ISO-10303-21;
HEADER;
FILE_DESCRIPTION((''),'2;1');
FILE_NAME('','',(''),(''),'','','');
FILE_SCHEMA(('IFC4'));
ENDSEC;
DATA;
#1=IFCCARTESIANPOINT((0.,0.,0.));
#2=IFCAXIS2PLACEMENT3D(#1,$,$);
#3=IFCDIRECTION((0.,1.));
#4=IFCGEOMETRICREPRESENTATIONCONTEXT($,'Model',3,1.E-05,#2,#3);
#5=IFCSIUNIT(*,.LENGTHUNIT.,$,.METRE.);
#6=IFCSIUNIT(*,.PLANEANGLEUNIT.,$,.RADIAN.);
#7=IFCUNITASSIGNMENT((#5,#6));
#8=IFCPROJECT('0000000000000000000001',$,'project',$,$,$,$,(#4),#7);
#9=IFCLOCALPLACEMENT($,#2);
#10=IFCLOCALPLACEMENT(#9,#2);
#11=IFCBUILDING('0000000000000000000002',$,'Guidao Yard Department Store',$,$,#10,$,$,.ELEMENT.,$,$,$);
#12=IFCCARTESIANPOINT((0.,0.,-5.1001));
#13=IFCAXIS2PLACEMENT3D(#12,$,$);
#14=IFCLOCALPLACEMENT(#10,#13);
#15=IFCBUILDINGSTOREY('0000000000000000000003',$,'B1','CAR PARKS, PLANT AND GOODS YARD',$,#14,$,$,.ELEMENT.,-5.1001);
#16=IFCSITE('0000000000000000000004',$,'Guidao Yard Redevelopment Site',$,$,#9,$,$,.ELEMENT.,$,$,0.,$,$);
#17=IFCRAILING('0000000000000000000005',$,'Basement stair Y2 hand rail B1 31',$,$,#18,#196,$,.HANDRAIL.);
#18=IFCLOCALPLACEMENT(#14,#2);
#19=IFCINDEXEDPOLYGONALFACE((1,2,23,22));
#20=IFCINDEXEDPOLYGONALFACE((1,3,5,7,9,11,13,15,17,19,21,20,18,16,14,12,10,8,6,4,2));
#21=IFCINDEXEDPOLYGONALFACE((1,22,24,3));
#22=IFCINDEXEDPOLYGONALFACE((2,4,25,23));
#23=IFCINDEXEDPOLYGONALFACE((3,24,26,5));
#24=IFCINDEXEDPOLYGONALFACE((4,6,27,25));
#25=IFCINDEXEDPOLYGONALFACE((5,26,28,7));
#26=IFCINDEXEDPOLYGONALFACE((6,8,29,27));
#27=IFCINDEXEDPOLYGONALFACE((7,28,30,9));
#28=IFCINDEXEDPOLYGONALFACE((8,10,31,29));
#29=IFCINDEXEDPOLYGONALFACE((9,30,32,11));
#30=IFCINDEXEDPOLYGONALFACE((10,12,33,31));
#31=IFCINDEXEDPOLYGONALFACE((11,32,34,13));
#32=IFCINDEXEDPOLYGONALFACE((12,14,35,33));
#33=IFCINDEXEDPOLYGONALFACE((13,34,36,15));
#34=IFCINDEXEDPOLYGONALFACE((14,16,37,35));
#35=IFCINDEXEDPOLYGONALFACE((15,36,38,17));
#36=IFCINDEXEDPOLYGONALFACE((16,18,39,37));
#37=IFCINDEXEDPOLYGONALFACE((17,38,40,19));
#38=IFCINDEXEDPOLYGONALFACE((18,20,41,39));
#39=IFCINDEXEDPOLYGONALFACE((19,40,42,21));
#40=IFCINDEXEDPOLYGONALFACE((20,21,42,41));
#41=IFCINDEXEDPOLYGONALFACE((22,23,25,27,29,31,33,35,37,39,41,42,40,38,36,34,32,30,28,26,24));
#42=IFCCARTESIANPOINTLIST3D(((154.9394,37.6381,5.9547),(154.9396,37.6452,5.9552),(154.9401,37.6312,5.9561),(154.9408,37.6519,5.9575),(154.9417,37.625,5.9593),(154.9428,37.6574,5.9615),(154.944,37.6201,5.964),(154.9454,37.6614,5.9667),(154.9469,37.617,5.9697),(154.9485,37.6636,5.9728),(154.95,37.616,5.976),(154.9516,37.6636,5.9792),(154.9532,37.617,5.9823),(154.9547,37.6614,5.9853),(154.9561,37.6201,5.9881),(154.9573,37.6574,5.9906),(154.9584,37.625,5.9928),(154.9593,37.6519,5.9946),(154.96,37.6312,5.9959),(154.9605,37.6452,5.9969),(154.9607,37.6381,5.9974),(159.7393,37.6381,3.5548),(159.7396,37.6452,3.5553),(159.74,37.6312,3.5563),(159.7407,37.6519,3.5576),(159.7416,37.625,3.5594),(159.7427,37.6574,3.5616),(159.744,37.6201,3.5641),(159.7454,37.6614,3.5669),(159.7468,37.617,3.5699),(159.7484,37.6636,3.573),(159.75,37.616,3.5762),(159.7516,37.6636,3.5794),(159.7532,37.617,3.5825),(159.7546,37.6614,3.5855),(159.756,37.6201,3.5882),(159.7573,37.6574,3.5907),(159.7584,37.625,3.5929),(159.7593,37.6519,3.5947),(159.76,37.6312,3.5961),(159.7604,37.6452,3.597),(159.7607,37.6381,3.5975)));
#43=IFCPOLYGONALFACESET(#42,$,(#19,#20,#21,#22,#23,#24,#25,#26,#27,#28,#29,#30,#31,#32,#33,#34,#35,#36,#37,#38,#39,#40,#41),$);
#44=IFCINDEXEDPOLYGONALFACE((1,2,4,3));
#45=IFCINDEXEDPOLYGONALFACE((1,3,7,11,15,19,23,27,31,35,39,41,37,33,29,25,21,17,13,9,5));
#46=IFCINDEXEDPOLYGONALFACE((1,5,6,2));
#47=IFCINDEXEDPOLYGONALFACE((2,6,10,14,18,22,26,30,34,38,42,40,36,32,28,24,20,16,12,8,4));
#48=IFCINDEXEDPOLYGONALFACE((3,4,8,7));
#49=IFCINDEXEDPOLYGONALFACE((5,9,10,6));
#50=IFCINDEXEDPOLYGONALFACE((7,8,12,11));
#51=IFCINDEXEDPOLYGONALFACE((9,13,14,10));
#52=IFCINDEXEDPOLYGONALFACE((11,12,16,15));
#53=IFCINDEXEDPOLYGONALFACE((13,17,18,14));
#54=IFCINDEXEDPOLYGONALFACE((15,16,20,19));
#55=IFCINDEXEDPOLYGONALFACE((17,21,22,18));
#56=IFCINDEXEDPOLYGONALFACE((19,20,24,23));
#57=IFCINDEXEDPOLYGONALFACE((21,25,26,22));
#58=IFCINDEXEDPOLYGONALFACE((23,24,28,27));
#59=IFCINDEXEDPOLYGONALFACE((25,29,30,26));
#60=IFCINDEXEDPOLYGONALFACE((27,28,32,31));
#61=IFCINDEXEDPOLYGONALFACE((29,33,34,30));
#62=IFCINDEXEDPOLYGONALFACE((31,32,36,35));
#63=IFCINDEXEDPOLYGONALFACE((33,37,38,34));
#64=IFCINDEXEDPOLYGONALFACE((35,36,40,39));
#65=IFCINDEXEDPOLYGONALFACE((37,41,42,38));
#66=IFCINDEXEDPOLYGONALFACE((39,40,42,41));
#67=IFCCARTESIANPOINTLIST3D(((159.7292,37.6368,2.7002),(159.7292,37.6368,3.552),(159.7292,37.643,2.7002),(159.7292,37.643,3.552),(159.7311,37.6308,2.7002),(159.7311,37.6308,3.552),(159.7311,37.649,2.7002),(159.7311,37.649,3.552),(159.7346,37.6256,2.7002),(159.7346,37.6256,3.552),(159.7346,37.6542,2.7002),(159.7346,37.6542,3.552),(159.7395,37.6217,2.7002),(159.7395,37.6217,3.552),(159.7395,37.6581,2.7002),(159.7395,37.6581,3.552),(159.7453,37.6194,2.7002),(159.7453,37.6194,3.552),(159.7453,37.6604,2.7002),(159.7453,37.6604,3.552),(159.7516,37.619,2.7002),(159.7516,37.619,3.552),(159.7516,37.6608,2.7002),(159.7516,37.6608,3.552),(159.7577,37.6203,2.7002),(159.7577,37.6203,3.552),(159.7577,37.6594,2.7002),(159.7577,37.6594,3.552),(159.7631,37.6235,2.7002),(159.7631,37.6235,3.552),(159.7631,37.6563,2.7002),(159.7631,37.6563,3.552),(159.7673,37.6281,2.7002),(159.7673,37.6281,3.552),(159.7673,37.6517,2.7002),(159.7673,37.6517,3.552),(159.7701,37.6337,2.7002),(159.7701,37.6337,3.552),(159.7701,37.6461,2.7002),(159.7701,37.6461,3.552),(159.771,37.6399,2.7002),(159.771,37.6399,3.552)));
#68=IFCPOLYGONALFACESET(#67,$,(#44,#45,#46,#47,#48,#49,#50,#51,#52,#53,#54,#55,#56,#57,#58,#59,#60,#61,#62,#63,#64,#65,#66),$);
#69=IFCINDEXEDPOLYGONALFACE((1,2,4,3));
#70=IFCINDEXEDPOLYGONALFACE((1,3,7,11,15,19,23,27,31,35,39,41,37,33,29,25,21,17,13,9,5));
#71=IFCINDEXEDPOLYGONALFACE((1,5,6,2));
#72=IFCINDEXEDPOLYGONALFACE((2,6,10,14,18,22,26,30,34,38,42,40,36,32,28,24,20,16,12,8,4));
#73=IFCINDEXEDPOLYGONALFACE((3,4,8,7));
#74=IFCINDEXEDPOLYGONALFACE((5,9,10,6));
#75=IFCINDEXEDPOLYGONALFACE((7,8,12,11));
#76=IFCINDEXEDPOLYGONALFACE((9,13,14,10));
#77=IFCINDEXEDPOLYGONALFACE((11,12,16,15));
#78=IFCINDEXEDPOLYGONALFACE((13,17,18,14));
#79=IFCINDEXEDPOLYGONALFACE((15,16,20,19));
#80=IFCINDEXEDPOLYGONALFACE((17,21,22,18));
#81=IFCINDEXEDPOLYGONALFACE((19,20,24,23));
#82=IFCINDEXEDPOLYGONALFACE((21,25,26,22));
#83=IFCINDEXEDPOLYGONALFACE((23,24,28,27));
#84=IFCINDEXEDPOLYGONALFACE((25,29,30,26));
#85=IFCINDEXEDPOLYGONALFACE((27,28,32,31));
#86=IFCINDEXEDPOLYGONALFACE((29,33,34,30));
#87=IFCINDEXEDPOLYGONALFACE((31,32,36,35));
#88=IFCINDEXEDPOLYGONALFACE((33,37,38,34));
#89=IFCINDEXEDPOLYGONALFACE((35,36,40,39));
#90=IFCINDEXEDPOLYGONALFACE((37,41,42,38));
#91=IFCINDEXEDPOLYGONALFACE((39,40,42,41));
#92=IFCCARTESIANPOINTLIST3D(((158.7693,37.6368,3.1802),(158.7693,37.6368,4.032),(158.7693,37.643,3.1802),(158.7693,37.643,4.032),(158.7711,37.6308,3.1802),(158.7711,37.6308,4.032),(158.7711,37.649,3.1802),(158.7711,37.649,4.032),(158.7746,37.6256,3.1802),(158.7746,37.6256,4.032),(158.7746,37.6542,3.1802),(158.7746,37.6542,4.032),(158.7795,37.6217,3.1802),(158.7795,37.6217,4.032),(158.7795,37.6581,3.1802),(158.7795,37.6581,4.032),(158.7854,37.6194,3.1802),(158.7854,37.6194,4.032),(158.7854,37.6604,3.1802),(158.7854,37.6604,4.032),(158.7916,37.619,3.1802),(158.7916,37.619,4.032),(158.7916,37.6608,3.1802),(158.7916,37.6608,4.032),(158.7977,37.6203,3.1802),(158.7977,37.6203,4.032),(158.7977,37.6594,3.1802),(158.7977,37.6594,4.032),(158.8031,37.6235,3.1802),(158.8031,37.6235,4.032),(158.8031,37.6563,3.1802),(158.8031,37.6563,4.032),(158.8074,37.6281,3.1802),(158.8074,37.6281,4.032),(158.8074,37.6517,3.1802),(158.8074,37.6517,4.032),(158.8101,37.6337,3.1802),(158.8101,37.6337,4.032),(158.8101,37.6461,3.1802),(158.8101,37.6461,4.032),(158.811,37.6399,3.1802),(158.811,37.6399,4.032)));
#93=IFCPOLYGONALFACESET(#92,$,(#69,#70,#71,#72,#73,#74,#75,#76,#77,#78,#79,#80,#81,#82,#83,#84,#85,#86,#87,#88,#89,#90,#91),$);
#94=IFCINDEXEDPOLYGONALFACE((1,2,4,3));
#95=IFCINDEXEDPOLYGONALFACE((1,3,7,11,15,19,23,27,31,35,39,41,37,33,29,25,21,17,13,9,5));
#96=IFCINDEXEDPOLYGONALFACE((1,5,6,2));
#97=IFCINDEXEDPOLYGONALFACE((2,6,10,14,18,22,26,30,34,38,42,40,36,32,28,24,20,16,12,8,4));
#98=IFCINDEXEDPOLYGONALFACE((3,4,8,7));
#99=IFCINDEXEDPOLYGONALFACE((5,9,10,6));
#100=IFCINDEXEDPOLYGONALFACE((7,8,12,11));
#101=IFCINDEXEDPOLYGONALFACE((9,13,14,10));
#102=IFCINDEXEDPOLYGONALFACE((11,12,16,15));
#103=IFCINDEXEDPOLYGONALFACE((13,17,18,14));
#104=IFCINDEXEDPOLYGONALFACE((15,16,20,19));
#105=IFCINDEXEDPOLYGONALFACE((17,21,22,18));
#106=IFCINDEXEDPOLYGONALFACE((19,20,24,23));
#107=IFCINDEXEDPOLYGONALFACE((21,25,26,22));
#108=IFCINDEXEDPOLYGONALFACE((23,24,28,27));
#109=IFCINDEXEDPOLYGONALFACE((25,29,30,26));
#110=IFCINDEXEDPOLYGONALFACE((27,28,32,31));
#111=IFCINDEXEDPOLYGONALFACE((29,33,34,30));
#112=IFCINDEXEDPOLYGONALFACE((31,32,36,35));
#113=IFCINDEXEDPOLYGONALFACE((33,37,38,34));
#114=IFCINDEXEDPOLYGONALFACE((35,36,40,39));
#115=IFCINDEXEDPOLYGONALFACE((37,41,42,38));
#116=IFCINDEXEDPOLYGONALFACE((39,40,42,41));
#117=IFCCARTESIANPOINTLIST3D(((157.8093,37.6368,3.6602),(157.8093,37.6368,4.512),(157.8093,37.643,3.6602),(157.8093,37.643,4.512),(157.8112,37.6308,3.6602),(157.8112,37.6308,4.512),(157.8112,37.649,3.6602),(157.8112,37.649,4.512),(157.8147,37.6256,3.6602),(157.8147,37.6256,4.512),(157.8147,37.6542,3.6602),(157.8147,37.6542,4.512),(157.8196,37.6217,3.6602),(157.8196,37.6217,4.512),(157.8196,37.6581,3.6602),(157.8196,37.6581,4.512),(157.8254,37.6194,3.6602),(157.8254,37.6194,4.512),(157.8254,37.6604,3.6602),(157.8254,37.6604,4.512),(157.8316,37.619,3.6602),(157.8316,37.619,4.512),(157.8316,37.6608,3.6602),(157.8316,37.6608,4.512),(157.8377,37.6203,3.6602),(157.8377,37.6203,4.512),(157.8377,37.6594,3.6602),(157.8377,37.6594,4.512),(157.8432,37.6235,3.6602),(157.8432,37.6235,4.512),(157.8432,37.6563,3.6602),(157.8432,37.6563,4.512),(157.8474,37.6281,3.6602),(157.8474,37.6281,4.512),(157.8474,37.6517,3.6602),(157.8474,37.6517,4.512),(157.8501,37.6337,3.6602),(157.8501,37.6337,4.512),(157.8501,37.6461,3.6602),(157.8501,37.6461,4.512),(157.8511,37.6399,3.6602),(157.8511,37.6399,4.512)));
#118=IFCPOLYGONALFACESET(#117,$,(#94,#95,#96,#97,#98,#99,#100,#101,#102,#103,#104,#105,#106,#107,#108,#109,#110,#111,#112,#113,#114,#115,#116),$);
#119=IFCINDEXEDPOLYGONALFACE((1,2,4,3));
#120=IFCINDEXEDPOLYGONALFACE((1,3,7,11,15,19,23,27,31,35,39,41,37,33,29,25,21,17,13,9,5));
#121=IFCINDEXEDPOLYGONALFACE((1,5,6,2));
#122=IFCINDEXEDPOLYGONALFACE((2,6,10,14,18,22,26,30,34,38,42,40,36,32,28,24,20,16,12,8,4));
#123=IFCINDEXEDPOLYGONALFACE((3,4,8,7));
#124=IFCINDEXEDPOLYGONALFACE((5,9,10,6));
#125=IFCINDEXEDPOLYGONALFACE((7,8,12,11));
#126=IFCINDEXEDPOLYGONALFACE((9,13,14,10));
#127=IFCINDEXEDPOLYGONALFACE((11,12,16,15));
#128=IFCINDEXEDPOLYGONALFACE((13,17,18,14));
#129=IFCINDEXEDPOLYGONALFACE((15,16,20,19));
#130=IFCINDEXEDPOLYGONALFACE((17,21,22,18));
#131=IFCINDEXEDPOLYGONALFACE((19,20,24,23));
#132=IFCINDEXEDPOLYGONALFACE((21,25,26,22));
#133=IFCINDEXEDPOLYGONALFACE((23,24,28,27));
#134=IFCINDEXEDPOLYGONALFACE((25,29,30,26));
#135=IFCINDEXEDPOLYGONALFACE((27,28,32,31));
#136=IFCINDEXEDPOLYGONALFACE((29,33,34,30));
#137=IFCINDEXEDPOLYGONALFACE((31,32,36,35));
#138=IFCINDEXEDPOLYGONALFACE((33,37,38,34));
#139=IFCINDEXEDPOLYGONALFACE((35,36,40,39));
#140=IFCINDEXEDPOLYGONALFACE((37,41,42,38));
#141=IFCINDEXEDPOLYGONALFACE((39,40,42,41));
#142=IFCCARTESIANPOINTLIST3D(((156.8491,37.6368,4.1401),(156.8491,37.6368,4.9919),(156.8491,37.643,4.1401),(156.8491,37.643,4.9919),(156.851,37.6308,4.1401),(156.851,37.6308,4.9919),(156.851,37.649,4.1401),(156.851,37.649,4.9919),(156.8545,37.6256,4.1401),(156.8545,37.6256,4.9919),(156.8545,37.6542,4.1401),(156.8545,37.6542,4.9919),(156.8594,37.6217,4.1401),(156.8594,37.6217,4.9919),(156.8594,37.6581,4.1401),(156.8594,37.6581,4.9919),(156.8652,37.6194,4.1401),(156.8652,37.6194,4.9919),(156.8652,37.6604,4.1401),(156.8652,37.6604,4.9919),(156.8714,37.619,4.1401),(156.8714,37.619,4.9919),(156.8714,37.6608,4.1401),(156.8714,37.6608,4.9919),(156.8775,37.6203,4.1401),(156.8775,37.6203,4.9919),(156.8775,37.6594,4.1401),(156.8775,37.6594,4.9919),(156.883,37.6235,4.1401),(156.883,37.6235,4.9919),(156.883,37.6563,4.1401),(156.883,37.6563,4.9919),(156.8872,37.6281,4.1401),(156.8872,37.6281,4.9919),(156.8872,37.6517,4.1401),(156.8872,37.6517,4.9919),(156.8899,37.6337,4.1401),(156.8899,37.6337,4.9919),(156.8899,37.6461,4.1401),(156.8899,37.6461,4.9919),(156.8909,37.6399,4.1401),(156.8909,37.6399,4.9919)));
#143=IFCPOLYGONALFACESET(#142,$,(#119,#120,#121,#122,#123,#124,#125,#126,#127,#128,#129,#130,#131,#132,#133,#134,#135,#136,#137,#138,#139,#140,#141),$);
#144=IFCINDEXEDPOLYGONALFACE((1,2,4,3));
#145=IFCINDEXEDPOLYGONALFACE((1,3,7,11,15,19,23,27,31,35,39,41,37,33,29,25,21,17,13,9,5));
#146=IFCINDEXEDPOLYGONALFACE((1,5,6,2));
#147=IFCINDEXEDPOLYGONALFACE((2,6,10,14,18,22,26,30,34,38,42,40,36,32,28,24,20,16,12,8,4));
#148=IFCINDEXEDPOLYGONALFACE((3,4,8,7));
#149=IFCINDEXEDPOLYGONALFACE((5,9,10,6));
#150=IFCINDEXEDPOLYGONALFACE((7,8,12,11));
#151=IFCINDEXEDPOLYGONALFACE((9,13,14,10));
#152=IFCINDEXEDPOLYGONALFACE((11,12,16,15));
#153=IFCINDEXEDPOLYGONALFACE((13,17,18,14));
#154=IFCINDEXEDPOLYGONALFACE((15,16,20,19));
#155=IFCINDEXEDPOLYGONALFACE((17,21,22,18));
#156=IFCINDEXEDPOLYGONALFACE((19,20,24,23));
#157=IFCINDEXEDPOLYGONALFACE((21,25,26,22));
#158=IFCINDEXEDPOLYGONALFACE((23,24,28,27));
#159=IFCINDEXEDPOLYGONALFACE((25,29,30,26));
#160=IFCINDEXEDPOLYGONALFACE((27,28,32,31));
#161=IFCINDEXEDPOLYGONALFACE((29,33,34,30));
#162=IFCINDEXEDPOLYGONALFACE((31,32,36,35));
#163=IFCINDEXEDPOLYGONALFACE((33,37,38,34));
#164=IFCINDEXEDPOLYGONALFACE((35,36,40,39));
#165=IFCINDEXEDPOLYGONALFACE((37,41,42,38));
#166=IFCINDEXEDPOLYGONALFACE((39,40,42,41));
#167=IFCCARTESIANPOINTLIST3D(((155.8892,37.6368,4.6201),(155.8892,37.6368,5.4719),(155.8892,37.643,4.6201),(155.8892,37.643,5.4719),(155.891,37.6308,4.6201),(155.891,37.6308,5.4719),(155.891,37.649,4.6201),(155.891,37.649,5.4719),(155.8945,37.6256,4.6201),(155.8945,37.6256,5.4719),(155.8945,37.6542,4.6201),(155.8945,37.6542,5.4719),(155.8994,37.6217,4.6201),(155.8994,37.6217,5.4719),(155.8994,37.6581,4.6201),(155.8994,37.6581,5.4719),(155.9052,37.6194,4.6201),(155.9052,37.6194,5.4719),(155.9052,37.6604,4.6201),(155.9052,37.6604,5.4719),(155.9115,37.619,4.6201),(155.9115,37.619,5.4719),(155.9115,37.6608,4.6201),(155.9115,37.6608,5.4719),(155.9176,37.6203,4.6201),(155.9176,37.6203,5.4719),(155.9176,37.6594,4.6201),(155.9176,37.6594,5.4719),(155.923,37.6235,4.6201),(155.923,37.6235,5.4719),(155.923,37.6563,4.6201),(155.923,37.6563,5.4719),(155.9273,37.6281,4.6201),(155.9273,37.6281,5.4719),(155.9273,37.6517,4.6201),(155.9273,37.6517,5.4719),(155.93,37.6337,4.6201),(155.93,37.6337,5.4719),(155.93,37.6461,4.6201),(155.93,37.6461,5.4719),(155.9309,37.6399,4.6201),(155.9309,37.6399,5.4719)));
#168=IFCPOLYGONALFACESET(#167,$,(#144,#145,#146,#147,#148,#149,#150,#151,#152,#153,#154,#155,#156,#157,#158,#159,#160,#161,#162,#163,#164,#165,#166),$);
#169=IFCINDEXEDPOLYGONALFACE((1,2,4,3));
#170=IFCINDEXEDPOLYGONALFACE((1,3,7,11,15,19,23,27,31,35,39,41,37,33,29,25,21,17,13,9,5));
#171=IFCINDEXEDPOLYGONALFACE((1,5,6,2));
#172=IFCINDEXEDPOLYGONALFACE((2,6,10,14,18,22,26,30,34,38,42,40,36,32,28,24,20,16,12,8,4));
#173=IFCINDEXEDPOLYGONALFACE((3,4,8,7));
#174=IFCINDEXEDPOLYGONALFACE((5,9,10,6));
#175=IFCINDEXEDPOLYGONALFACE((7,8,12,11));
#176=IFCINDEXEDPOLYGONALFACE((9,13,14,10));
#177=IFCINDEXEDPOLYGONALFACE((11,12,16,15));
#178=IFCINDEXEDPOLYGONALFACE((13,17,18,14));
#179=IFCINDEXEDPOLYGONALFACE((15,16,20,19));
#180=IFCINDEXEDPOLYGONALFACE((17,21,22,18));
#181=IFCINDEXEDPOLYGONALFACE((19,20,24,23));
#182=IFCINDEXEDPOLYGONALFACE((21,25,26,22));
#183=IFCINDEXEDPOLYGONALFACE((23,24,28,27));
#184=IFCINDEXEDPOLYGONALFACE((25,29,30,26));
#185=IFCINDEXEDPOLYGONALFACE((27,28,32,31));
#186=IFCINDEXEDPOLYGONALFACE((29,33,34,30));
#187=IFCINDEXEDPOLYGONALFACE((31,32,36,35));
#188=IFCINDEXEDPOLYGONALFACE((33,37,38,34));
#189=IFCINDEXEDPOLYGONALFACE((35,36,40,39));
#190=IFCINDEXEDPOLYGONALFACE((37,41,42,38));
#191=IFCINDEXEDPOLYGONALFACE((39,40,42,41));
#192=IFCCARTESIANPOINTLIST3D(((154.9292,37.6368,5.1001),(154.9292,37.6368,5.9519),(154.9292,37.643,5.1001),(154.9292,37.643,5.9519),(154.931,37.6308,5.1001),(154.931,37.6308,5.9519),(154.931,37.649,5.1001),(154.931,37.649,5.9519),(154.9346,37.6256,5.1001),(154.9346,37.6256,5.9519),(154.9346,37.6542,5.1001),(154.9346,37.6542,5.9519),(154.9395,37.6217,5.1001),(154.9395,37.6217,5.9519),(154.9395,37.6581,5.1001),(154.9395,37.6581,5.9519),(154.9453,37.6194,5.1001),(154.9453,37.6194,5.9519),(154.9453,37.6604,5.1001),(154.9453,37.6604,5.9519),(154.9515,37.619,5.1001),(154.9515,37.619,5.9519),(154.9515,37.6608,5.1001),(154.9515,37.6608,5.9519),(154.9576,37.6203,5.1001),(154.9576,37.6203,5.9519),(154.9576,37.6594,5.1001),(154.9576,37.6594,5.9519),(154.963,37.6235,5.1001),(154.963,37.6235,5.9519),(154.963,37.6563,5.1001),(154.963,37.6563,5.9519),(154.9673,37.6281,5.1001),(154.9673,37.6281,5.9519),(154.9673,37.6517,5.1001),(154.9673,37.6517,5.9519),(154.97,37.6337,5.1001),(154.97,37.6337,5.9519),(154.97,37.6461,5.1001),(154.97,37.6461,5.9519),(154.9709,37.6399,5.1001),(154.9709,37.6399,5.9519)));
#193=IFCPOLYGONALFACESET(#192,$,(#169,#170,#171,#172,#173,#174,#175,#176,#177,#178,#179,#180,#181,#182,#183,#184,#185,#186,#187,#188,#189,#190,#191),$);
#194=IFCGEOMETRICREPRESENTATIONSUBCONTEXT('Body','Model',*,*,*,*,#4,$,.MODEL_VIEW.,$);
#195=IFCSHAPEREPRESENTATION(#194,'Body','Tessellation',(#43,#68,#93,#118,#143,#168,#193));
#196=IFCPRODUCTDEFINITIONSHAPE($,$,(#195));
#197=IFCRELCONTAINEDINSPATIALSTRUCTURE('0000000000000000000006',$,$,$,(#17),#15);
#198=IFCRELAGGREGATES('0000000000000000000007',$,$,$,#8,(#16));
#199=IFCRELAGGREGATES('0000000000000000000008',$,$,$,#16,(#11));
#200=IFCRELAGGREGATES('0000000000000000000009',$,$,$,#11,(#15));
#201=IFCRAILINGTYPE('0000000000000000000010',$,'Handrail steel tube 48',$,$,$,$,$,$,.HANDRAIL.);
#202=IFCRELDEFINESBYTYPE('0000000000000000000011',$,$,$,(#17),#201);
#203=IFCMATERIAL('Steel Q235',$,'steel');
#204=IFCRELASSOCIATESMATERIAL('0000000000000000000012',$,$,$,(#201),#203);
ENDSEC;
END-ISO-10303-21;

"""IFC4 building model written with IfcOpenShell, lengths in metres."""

from ifc_helpers import new_model, si_unit, direction, frame, origin, origin_2d, place, context, subcontext, project, spatial, circle, extrude, material, type_object, element, save


model = new_model("IFC4")

# Units and contexts
model_context = context("Model", 3, precision=1e-05, world=origin(), true_north=direction((0.0, 1.0)))
body_context = subcontext(model_context, "Body", "Model", "MODEL_VIEW")
ifc_project = project(units=[si_unit("LENGTHUNIT", "METRE"), si_unit("PLANEANGLEUNIT", "RADIAN")], contexts=[model_context])

# Site, building, storey
site_placement = place(None, origin())
site = spatial("IfcSite", under=ifc_project, at=site_placement, Name="Guidao Yard Redevelopment Site", CompositionType="ELEMENT", RefElevation=0.0)
building_placement = place(site_placement, origin())
building = spatial("IfcBuilding", under=site, at=building_placement, Name="Guidao Yard Department Store", CompositionType="ELEMENT")
storey_placement = place(building_placement, frame((0.0, 0.0, -5.1001)))
storey = spatial("IfcBuildingStorey", under=building, at=storey_placement, Name="B1", Description="CAR PARKS, PLANT AND GOODS YARD", CompositionType="ELEMENT", Elevation=-5.1001)

# Railing
ifc_material_1 = material(Name="Steel Q235", Category="steel")
railing_type = type_object("IfcRailingType", Name="Handrail steel tube 48", PredefinedType="HANDRAIL", material=ifc_material_1)
for number, where, name in (
    (1, (159.75, 37.6399, 2.7002), "Basement stair Y2 hand rail B1 31"),
):
    element("IfcRailing", number, at=place(storey_placement, frame(where)), inside=storey, type_object=railing_type, Name=name, PredefinedType="HANDRAIL", context=body_context, shape_type="SweptSolid", body=[
        extrude(circle(Radius=0.0239, at=origin_2d()), frame((0.0, 0.0, 0.876), z_axis=(-0.894436, 0.0, 0.447195), x_axis=(0.0, -1.0, 0.0)), (0.0, 0.0, 1.0), 5.3665),
        extrude(circle(Radius=0.021, at=origin_2d()), origin(), (0.0, 0.0, 1.0), 0.8518),
        extrude(circle(Radius=0.021, at=origin_2d()), frame((-0.96, 0.0, 0.48)), (0.0, 0.0, 1.0), 0.8518),
        extrude(circle(Radius=0.021, at=origin_2d()), frame((-1.9199, 0.0, 0.96)), (0.0, 0.0, 1.0), 0.8518),
        extrude(circle(Radius=0.021, at=origin_2d()), frame((-2.8801, 0.0, 1.4399)), (0.0, 0.0, 1.0), 0.8518),
        extrude(circle(Radius=0.021, at=origin_2d()), frame((-3.8401, 0.0, 1.9199)), (0.0, 0.0, 1.0), 0.8518),
        extrude(circle(Radius=0.021, at=origin_2d()), frame((-4.8, 0.0, 2.3999)), (0.0, 0.0, 1.0), 0.8518),
    ])

save(model, "model.ifc")
